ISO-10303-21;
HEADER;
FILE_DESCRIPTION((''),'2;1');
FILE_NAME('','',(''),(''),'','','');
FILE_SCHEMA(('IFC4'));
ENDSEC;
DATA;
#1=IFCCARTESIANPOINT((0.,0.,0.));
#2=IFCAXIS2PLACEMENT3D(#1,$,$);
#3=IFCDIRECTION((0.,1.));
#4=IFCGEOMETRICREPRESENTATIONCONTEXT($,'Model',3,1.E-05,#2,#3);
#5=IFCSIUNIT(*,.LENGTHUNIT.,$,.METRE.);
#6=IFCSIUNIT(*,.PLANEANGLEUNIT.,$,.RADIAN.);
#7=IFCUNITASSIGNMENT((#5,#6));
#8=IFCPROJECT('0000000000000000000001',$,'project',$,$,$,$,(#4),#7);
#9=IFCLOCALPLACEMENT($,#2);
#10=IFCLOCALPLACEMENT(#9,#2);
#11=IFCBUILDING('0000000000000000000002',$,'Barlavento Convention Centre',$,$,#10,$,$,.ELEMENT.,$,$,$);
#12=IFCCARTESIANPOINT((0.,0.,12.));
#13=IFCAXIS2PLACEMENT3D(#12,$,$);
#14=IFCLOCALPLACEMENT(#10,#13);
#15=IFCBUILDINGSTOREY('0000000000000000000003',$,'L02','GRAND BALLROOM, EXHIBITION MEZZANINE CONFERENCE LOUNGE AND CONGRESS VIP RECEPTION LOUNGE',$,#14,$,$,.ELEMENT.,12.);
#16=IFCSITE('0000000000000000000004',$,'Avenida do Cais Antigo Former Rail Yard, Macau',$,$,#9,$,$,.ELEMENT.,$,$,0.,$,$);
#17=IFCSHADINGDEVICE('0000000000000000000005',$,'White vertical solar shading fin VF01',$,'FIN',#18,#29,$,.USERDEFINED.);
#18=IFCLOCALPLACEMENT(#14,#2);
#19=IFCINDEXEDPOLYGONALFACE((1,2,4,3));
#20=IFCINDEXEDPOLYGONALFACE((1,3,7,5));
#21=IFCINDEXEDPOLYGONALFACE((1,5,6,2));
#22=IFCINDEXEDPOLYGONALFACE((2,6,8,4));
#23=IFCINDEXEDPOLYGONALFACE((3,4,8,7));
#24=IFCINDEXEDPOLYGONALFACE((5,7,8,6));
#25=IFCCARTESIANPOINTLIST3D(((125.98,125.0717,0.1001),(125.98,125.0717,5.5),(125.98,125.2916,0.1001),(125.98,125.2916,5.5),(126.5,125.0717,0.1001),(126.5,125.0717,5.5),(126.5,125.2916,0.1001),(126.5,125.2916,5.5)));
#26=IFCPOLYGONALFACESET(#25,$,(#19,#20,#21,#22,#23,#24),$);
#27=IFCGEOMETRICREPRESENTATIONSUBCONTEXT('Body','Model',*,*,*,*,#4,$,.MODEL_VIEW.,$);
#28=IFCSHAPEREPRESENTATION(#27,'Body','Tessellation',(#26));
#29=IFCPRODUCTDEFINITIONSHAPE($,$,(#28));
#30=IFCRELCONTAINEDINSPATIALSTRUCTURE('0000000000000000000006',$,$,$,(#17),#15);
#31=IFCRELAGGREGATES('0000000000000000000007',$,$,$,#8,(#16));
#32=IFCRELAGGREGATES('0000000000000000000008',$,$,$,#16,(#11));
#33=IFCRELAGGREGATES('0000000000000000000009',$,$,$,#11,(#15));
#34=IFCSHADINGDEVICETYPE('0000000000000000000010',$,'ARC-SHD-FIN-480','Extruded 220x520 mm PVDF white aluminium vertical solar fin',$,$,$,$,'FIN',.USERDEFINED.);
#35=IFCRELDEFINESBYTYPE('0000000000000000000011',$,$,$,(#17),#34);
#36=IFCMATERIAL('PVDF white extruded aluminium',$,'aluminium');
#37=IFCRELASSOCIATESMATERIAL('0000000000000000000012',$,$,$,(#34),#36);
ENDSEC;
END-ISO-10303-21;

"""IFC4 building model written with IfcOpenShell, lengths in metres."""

from ifc_helpers import new_model, si_unit, direction, frame, origin, origin_2d, place, context, subcontext, project, spatial, rectangle, extrude, material, type_object, element, save


model = new_model("IFC4")

# Units and contexts
model_context = context("Model", 3, precision=1e-05, world=origin(), true_north=direction((0.0, 1.0)))
body_context = subcontext(model_context, "Body", "Model", "MODEL_VIEW")
ifc_project = project(units=[si_unit("LENGTHUNIT", "METRE"), si_unit("PLANEANGLEUNIT", "RADIAN")], contexts=[model_context])

# Site, building, storey
site_placement = place(None, origin())
site = spatial("IfcSite", under=ifc_project, at=site_placement, Name="Avenida do Cais Antigo Former Rail Yard, Macau", CompositionType="ELEMENT", RefElevation=0.0)
building_placement = place(site_placement, origin())
building = spatial("IfcBuilding", under=site, at=building_placement, Name="Barlavento Convention Centre", CompositionType="ELEMENT")
storey_placement = place(building_placement, frame((0.0, 0.0, 12.0)))
storey = spatial("IfcBuildingStorey", under=building, at=storey_placement, Name="L02", Description="GRAND BALLROOM, EXHIBITION MEZZANINE CONFERENCE LOUNGE AND CONGRESS VIP RECEPTION LOUNGE", CompositionType="ELEMENT", Elevation=12.0)

# Shading device
ifc_material_1 = material(Name="PVDF white extruded aluminium", Category="aluminium")
shading_device_type = type_object("IfcShadingDeviceType", Name="ARC-SHD-FIN-480", Description="Extruded 220x520 mm PVDF white aluminium vertical solar fin", ElementType="FIN", PredefinedType="USERDEFINED", material=ifc_material_1)
for number, where, z_axis, x_axis, name in (
    (1, (126.24, 125.1816, 0.1001), (0.0, 0.0, 1.0), (0.0, 1.0, 0.0), "White vertical solar shading fin VF01"),
):
    element("IfcShadingDevice", number, at=place(storey_placement, frame(where, z_axis=z_axis, x_axis=x_axis)), inside=storey, type_object=shading_device_type, Name=name, ObjectType="FIN", PredefinedType="USERDEFINED", context=body_context, shape_type="SweptSolid", body=[
        extrude(rectangle(XDim=0.22, YDim=0.52, at=origin_2d()), origin(), (0.0, 0.0, 1.0), 5.3999),
    ])

save(model, "model.ifc")
